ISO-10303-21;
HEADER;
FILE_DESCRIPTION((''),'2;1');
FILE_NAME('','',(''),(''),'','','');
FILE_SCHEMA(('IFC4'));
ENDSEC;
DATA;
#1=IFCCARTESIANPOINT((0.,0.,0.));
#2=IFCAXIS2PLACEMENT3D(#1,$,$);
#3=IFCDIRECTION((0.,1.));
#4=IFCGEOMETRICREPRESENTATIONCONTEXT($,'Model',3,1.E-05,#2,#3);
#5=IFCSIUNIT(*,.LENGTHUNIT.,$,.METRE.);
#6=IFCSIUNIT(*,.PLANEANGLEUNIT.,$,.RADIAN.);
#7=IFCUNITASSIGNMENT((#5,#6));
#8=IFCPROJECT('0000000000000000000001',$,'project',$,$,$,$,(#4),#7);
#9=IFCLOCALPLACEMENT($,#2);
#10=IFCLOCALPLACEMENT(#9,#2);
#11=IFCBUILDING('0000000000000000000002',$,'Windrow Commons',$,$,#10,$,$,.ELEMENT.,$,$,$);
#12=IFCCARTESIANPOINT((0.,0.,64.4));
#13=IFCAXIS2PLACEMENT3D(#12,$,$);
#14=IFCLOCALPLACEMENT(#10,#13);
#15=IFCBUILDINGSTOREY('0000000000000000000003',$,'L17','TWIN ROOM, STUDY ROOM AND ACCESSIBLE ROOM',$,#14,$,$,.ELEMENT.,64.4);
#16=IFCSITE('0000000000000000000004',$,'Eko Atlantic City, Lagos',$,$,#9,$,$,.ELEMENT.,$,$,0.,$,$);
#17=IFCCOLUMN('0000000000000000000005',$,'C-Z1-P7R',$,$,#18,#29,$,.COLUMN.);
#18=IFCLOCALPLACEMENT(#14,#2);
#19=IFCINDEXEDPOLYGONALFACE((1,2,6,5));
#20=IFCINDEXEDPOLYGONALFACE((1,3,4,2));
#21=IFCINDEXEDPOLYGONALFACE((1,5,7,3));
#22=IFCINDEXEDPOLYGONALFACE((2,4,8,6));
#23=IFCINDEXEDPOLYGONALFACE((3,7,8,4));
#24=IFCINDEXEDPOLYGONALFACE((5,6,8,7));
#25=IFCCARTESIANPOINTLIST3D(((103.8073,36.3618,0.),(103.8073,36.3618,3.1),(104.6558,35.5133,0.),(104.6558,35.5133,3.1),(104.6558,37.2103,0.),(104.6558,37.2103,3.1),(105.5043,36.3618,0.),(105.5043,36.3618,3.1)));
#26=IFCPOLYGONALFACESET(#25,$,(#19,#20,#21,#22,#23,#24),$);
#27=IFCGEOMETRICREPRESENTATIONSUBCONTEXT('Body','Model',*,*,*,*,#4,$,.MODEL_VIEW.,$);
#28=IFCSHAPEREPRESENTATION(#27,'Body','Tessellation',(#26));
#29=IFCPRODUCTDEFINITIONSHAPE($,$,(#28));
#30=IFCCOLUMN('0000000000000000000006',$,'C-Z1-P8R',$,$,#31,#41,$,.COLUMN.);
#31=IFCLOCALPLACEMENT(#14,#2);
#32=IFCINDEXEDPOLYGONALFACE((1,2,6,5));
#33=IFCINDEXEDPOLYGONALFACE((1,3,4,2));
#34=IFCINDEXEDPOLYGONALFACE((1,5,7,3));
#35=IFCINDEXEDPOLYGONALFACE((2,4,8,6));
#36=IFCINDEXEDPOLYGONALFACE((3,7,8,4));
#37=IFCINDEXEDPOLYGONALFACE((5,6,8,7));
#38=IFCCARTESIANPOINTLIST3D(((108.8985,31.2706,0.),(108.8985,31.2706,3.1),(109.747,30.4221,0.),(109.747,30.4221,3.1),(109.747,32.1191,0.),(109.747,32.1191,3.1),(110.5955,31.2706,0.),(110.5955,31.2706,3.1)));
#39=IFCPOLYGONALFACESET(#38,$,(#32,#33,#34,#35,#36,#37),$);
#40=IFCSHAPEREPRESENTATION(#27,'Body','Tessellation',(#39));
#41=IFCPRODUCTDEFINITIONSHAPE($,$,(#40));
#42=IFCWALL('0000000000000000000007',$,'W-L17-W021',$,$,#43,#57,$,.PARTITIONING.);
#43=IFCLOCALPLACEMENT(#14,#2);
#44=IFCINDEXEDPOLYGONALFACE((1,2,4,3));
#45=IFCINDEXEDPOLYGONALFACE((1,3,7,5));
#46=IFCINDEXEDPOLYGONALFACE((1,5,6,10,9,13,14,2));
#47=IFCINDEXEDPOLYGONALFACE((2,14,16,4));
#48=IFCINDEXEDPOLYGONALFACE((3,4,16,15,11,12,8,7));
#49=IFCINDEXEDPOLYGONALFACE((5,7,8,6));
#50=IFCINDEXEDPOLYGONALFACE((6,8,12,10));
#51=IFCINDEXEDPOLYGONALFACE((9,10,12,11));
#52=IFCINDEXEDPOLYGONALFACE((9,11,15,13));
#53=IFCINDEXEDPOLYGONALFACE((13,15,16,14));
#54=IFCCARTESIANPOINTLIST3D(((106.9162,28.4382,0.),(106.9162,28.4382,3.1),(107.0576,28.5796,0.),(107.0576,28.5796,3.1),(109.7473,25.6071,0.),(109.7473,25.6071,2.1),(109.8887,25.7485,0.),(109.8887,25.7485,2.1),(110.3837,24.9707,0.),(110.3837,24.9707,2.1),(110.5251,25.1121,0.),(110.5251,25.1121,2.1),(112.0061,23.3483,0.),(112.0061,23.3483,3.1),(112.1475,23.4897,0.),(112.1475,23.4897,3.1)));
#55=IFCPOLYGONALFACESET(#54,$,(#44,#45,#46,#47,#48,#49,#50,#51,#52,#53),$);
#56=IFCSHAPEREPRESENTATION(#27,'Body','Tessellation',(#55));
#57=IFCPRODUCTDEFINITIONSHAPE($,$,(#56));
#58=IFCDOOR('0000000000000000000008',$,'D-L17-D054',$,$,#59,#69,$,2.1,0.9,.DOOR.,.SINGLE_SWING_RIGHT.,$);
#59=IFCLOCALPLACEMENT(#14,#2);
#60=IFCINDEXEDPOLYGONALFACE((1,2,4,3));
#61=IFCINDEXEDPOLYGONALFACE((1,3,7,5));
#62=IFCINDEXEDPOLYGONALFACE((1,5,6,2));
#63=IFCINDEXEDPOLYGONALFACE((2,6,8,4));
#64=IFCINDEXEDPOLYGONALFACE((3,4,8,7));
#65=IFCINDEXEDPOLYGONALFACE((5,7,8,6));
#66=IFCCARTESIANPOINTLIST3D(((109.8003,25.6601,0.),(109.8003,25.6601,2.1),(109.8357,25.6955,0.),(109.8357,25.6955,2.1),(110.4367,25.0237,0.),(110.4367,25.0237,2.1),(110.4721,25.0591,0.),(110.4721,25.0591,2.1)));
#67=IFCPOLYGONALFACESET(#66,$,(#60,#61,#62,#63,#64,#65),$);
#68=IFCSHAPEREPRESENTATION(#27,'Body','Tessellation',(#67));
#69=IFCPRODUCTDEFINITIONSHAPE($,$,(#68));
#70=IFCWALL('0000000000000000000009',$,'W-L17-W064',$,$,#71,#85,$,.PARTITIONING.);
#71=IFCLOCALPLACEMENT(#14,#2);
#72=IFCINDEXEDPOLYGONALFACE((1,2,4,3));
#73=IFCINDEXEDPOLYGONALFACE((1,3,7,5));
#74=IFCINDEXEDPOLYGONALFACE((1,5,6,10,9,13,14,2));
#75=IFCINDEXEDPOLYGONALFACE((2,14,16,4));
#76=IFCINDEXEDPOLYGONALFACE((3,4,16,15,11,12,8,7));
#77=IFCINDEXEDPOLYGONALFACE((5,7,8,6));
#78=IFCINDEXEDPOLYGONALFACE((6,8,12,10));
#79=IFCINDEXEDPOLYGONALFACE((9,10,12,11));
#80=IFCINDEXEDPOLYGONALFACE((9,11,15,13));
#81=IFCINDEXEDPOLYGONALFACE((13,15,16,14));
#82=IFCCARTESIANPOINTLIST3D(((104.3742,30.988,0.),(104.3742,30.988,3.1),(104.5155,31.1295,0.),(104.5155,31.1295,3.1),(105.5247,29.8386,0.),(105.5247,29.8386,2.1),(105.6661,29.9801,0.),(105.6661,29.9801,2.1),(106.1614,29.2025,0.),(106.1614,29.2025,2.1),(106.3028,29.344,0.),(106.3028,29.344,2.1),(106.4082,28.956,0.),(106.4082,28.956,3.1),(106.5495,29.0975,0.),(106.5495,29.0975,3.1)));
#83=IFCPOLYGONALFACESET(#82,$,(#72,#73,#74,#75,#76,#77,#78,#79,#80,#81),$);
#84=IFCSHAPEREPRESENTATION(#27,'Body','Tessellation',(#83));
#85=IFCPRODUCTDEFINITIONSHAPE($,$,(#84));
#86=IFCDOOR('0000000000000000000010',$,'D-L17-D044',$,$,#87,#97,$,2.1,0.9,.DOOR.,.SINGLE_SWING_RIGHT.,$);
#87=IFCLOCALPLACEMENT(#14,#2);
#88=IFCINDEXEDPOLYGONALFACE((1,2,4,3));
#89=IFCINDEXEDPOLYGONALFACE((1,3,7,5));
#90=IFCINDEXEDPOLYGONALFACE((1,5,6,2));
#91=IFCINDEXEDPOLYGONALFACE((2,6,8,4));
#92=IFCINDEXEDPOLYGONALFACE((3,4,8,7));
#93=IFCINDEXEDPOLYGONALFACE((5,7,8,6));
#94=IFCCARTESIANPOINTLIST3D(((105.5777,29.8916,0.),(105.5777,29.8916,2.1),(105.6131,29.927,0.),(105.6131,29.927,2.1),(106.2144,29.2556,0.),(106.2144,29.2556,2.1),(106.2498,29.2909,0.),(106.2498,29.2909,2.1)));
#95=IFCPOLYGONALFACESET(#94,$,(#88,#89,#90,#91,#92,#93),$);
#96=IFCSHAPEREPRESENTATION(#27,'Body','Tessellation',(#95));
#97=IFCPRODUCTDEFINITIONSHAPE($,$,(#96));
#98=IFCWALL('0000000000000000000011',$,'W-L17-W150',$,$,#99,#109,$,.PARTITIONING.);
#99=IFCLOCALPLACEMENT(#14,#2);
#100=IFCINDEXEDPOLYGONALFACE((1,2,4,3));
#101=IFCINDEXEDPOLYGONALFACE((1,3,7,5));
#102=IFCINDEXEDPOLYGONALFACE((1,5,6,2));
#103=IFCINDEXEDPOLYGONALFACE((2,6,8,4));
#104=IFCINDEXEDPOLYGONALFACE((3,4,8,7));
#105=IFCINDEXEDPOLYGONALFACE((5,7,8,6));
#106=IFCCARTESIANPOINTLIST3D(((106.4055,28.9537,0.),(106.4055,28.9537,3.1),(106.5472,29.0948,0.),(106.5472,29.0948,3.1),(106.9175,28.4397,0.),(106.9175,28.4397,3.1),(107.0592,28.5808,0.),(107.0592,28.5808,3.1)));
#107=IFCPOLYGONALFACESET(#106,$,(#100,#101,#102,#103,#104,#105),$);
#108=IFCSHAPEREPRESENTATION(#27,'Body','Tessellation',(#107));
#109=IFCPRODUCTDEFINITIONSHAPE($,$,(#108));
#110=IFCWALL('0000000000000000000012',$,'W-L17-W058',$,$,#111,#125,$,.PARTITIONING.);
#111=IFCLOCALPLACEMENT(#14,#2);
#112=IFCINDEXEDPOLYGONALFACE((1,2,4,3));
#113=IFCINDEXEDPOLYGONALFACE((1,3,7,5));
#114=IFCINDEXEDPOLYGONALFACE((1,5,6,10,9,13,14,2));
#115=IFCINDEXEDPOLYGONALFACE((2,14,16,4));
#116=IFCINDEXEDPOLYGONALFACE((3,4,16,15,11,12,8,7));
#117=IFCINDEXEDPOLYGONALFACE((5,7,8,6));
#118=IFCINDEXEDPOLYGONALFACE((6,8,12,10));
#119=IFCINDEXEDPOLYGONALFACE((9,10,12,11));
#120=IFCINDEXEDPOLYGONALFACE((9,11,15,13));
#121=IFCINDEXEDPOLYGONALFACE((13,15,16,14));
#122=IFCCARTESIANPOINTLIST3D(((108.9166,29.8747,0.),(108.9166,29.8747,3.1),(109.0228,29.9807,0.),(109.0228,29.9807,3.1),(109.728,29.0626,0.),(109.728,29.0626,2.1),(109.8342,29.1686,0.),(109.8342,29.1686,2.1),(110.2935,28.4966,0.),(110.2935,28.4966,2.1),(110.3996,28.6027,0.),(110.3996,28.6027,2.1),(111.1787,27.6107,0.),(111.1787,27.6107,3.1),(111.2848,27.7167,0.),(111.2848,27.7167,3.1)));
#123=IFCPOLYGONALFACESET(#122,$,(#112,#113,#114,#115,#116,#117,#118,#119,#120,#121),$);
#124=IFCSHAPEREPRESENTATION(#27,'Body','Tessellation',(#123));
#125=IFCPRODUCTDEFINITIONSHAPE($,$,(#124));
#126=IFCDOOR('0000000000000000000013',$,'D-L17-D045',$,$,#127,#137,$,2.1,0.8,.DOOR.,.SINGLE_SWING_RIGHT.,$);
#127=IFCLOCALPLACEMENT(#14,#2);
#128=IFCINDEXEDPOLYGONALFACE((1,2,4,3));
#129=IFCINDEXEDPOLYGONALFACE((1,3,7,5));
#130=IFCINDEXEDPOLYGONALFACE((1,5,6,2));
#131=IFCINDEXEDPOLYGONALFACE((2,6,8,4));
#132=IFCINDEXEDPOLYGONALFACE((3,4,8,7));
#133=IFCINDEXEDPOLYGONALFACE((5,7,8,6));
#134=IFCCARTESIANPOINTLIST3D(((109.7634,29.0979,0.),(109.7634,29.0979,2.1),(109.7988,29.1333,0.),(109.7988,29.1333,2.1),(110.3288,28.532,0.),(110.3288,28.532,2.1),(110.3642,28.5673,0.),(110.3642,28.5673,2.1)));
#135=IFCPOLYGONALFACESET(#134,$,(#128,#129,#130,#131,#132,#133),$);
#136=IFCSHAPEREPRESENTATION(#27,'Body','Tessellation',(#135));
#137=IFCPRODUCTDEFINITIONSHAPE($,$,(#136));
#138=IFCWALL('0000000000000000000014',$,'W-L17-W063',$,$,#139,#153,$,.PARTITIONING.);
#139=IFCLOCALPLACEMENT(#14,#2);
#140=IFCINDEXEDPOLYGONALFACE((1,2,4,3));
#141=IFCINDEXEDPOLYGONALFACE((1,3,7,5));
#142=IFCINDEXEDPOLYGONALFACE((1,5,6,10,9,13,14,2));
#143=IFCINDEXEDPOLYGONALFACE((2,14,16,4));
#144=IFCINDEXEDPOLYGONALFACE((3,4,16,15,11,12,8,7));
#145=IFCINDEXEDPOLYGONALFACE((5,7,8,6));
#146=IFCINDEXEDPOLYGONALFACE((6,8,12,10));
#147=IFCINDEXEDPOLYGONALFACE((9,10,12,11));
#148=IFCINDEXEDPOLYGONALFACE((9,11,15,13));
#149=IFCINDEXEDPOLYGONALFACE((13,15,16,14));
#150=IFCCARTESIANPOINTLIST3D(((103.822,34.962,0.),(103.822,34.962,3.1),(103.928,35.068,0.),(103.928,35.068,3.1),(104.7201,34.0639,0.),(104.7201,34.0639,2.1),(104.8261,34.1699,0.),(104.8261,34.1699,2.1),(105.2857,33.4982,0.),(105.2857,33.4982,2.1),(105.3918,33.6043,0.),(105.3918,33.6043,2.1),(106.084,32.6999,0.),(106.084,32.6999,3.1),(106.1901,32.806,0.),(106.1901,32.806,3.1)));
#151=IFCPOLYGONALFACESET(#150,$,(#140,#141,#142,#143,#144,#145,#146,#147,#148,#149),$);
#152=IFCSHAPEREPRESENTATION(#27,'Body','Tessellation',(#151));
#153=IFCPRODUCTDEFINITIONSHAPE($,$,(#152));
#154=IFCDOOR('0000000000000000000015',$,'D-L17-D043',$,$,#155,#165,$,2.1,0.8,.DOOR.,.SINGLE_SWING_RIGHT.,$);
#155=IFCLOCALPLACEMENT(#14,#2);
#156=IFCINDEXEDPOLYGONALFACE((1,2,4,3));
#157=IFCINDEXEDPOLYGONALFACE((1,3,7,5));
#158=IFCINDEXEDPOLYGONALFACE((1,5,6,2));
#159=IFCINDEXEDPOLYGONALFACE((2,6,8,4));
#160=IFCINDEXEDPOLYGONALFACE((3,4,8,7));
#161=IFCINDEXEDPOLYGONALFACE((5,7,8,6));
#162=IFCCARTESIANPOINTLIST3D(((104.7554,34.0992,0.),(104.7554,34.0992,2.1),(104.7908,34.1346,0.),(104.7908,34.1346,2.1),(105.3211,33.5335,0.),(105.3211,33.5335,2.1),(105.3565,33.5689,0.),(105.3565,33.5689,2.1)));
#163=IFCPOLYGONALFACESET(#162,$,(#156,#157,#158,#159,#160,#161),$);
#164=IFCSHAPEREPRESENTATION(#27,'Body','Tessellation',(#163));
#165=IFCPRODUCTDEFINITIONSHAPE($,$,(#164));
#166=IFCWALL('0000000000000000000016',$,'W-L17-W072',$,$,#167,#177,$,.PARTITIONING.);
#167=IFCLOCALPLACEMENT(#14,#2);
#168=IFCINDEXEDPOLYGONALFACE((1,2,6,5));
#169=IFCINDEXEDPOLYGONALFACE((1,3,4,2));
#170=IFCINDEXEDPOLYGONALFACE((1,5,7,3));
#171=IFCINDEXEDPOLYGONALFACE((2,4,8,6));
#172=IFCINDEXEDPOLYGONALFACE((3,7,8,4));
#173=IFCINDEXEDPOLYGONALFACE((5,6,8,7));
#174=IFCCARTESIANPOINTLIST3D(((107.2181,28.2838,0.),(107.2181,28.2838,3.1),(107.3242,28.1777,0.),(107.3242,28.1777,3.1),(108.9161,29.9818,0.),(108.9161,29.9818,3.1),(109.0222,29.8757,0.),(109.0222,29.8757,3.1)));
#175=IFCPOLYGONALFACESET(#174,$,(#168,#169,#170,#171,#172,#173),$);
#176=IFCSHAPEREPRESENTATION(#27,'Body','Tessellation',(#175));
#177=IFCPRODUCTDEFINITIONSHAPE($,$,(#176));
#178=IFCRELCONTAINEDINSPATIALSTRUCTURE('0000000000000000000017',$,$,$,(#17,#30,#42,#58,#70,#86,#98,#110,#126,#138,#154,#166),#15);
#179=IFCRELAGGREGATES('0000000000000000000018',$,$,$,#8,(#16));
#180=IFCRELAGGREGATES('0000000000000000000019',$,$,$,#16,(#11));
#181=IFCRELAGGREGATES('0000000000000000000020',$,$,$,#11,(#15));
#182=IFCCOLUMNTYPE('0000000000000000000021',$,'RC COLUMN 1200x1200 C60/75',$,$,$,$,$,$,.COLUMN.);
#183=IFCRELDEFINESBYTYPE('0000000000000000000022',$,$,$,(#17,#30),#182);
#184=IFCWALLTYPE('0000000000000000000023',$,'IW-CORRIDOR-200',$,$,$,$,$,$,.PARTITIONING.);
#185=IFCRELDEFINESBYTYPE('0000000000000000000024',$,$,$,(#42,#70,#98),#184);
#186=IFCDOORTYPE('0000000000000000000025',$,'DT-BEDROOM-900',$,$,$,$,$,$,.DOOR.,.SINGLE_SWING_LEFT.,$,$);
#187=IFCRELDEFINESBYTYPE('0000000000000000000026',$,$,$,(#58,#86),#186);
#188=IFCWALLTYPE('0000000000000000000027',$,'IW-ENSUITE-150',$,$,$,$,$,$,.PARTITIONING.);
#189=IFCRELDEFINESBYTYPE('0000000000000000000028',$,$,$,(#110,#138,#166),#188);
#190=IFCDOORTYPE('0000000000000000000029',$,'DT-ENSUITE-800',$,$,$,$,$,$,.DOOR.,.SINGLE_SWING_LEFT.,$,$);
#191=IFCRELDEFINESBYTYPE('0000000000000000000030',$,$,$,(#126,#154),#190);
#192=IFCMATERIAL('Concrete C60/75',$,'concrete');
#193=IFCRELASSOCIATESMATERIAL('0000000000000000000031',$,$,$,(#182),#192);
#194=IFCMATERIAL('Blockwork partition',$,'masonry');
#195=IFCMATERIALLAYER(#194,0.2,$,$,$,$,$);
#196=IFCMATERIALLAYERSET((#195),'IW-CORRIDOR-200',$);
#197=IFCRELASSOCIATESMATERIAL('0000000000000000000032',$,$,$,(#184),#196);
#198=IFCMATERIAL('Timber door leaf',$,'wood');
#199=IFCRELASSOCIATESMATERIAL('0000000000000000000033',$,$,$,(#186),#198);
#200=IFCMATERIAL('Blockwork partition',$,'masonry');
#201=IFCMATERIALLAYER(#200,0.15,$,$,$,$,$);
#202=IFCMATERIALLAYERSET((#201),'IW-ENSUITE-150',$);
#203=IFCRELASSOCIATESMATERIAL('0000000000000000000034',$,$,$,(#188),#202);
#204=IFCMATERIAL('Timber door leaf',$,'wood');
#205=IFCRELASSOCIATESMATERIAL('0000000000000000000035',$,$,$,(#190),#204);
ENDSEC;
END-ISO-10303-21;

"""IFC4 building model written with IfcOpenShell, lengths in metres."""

from ifc_helpers import new_model, si_unit, direction, frame, frame_2d, origin, origin_2d, place, context, subcontext, project, spatial, rectangle, extrude, material, layer, layer_set, material_profile, profile_set, type_object, element, fill, save


model = new_model("IFC4")

# Units and contexts
model_context = context("Model", 3, precision=1e-05, world=origin(), true_north=direction((0.0, 1.0)))
body_context = subcontext(model_context, "Body", "Model", "MODEL_VIEW")
ifc_project = project(units=[si_unit("LENGTHUNIT", "METRE"), si_unit("PLANEANGLEUNIT", "RADIAN")], contexts=[model_context])

# Site, building, storey
site_placement = place(None, origin())
site = spatial("IfcSite", under=ifc_project, at=site_placement, Name="Eko Atlantic City, Lagos", CompositionType="ELEMENT", RefElevation=0.0)
building_placement = place(site_placement, origin())
building = spatial("IfcBuilding", under=site, at=building_placement, Name="Windrow Commons", CompositionType="ELEMENT")
storey_placement = place(building_placement, frame((0.0, 0.0, 64.4)))
storey = spatial("IfcBuildingStorey", under=building, at=storey_placement, Name="L17", Description="TWIN ROOM, STUDY ROOM AND ACCESSIBLE ROOM", CompositionType="ELEMENT", Elevation=64.4)

# Columns
ifc_material_1 = material(Name="Concrete C60/75", Category="concrete")
ifc_material_profile = material_profile(ifc_material_1, rectangle(XDim=1.2, YDim=1.2, at=origin_2d()))
ifc_profile_set = profile_set([ifc_material_profile], Name="Concrete C60/75")
column_type = type_object("IfcColumnType", Name="RC COLUMN 1200x1200 C60/75", PredefinedType="COLUMN", material=ifc_profile_set)
for number, where, z_axis, x_axis, name in (
    (1, (104.6558, 36.3618, 0.0), (0.0, 0.0, 1.0), (0.707107, -0.707107, 0.0), "C-Z1-P7R"),
    (2, (109.747, 31.2706, 0.0), (0.0, 0.0, 1.0), (0.707107, -0.707107, 0.0), "C-Z1-P8R"),
):
    element("IfcColumn", number, at=place(storey_placement, frame(where, z_axis=z_axis, x_axis=x_axis)), inside=storey, type_object=column_type, Name=name, PredefinedType="COLUMN", context=body_context, shape_type="SweptSolid", body=[
        extrude(rectangle(XDim=1.2, YDim=1.2, at=origin_2d()), origin(), (0.0, 0.0, 1.0), 3.1),
    ])

# Walls, openings, doors
ifc_material_2 = material(Name="Blockwork partition", Category="masonry")
ifc_layer_1 = layer(ifc_material_2, 0.2)
ifc_layer_set_1 = layer_set([ifc_layer_1], Name="IW-CORRIDOR-200")
wall_type_1 = type_object("IfcWallType", Name="IW-CORRIDOR-200", PredefinedType="PARTITIONING", material=ifc_layer_set_1)
wall_1_placement = place(storey_placement, frame((106.9869, 28.5089, 0.0), z_axis=(0.0, 0.0, 1.0), x_axis=(0.707107, -0.707107, 0.0)))
wall_1 = element("IfcWall", 3, at=wall_1_placement, inside=storey, type_object=wall_type_1, Name="W-L17-W021", PredefinedType="PARTITIONING", context=body_context, shape_type="SweptSolid", body=[
    extrude(rectangle(XDim=7.1983, YDim=0.2, at=frame_2d((3.5991, 0.0))), origin(), (0.0, 0.0, 1.0), 3.1),
])
opening_1_placement = place(wall_1_placement, frame((4.0038, 0.0, 0.0)))
opening_1 = element("IfcOpeningElement", 4, at=opening_1_placement, cuts=wall_1, PredefinedType="OPENING", context=body_context, shape_type="SweptSolid", body=[
    extrude(rectangle(XDim=0.9, YDim=2.1, at=frame_2d((0.45, 1.05))), frame((0.0, 0.11, 0.0), z_axis=(0.0, -1.0, 0.0), x_axis=(1.0, 0.0, 0.0)), (0.0, 0.0, 1.0), 0.22),
])
ifc_material_3 = material(Name="Timber door leaf", Category="wood")
door_type_1 = type_object("IfcDoorType", Name="DT-BEDROOM-900", OperationType="SINGLE_SWING_LEFT", PredefinedType="DOOR", material=ifc_material_3)
door_1_placement = place(opening_1_placement, origin())
door_1 = element("IfcDoor", 5, at=door_1_placement, inside=storey, type_object=door_type_1, Name="D-L17-D054", OperationType="SINGLE_SWING_RIGHT", OverallHeight=2.1, OverallWidth=0.9, PredefinedType="DOOR", context=body_context, shape_type="SweptSolid", body=[
    extrude(rectangle(XDim=0.9, YDim=2.1, at=frame_2d((0.45, 1.05))), frame((0.0, 0.025, 0.0), z_axis=(0.0, -1.0, 0.0), x_axis=(1.0, 0.0, 0.0)), (0.0, 0.0, 1.0), 0.05),
])
fill(opening_1, door_1)
wall_2_placement = place(storey_placement, frame((104.4448, 31.0588, 0.0), z_axis=(0.0, 0.0, 1.0), x_axis=(0.707455, -0.706759, 0.0)))
wall_2 = element("IfcWall", 6, at=wall_2_placement, inside=storey, type_object=wall_type_1, Name="W-L17-W064", PredefinedType="PARTITIONING", context=body_context, shape_type="SweptSolid", body=[
    extrude(rectangle(XDim=2.8751, YDim=0.2, at=frame_2d((1.4376, 0.0))), origin(), (0.0, 0.0, 1.0), 3.1),
])
opening_2_placement = place(wall_2_placement, frame((1.6264, 0.0, 0.0)))
opening_2 = element("IfcOpeningElement", 7, at=opening_2_placement, cuts=wall_2, PredefinedType="OPENING", context=body_context, shape_type="SweptSolid", body=[
    extrude(rectangle(XDim=0.9, YDim=2.1, at=frame_2d((0.45, 1.05))), frame((0.0, 0.11, 0.0), z_axis=(0.0, -1.0, 0.0), x_axis=(1.0, 0.0, 0.0)), (0.0, 0.0, 1.0), 0.22),
])
door_2_placement = place(opening_2_placement, origin())
door_2 = element("IfcDoor", 8, at=door_2_placement, inside=storey, type_object=door_type_1, Name="D-L17-D044", OperationType="SINGLE_SWING_RIGHT", OverallHeight=2.1, OverallWidth=0.9, PredefinedType="DOOR", context=body_context, shape_type="SweptSolid", body=[
    extrude(rectangle(XDim=0.9, YDim=2.1, at=frame_2d((0.45, 1.05))), frame((0.0, 0.025, 0.0), z_axis=(0.0, -1.0, 0.0), x_axis=(1.0, 0.0, 0.0)), (0.0, 0.0, 1.0), 0.05),
])
fill(opening_2, door_2)

# Wall
wall_3_placement = place(storey_placement, frame((106.4763, 29.0243, 0.0), z_axis=(0.0, 0.0, 1.0), x_axis=(0.705727, -0.708484, 0.0)))
element("IfcWall", 9, at=wall_3_placement, inside=storey, type_object=wall_type_1, Name="W-L17-W150", PredefinedType="PARTITIONING", context=body_context, shape_type="SweptSolid", body=[
    extrude(rectangle(XDim=0.7255, YDim=0.2, at=frame_2d((0.3628, 0.0))), origin(), (0.0, 0.0, 1.0), 3.1),
])

# Walls, openings, doors
ifc_material_4 = material(Name="Blockwork partition", Category="masonry")
ifc_layer_2 = layer(ifc_material_4, 0.15)
ifc_layer_set_2 = layer_set([ifc_layer_2], Name="IW-ENSUITE-150")
wall_type_2 = type_object("IfcWallType", Name="IW-ENSUITE-150", PredefinedType="PARTITIONING", material=ifc_layer_set_2)
wall_4_placement = place(storey_placement, frame((108.9697, 29.9277, 0.0), z_axis=(0.0, 0.0, 1.0), x_axis=(0.706794, -0.707419, 0.0)))
wall_4 = element("IfcWall", 10, at=wall_4_placement, inside=storey, type_object=wall_type_2, Name="W-L17-W058", PredefinedType="PARTITIONING", context=body_context, shape_type="SweptSolid", body=[
    extrude(rectangle(XDim=3.2004, YDim=0.15, at=frame_2d((1.6002, 0.0))), origin(), (0.0, 0.0, 1.0), 3.1),
])
opening_3_placement = place(wall_4_placement, frame((1.148, 0.0, 0.0)))
opening_3 = element("IfcOpeningElement", 11, at=opening_3_placement, cuts=wall_4, PredefinedType="OPENING", context=body_context, shape_type="SweptSolid", body=[
    extrude(rectangle(XDim=0.8, YDim=2.1, at=frame_2d((0.4, 1.05))), frame((0.0, 0.085, 0.0), z_axis=(0.0, -1.0, 0.0), x_axis=(1.0, 0.0, 0.0)), (0.0, 0.0, 1.0), 0.17),
])
ifc_material_5 = material(Name="Timber door leaf", Category="wood")
door_type_2 = type_object("IfcDoorType", Name="DT-ENSUITE-800", OperationType="SINGLE_SWING_LEFT", PredefinedType="DOOR", material=ifc_material_5)
door_3_placement = place(opening_3_placement, origin())
door_3 = element("IfcDoor", 12, at=door_3_placement, inside=storey, type_object=door_type_2, Name="D-L17-D045", OperationType="SINGLE_SWING_RIGHT", OverallHeight=2.1, OverallWidth=0.8, PredefinedType="DOOR", context=body_context, shape_type="SweptSolid", body=[
    extrude(rectangle(XDim=0.8, YDim=2.1, at=frame_2d((0.4, 1.05))), frame((0.0, 0.025, 0.0), z_axis=(0.0, -1.0, 0.0), x_axis=(1.0, 0.0, 0.0)), (0.0, 0.0, 1.0), 0.05),
])
fill(opening_3, door_3)
wall_5_placement = place(storey_placement, frame((103.875, 35.015, 0.0), z_axis=(0.0, 0.0, 1.0), x_axis=(0.707107, -0.707107, 0.0)))
wall_5 = element("IfcWall", 13, at=wall_5_placement, inside=storey, type_object=wall_type_2, Name="W-L17-W063", PredefinedType="PARTITIONING", context=body_context, shape_type="SweptSolid", body=[
    extrude(rectangle(XDim=3.199, YDim=0.15, at=frame_2d((1.5995, 0.0))), origin(), (0.0, 0.0, 1.0), 3.1),
])
opening_4_placement = place(wall_5_placement, frame((1.2701, 0.0, 0.0)))
opening_4 = element("IfcOpeningElement", 14, at=opening_4_placement, cuts=wall_5, PredefinedType="OPENING", context=body_context, shape_type="SweptSolid", body=[
    extrude(rectangle(XDim=0.8, YDim=2.1, at=frame_2d((0.4, 1.05))), frame((0.0, 0.085, 0.0), z_axis=(0.0, -1.0, 0.0), x_axis=(1.0, 0.0, 0.0)), (0.0, 0.0, 1.0), 0.17),
])
door_4_placement = place(opening_4_placement, origin())
door_4 = element("IfcDoor", 15, at=door_4_placement, inside=storey, type_object=door_type_2, Name="D-L17-D043", OperationType="SINGLE_SWING_RIGHT", OverallHeight=2.1, OverallWidth=0.8, PredefinedType="DOOR", context=body_context, shape_type="SweptSolid", body=[
    extrude(rectangle(XDim=0.8, YDim=2.1, at=frame_2d((0.4, 1.05))), frame((0.0, 0.025, 0.0), z_axis=(0.0, -1.0, 0.0), x_axis=(1.0, 0.0, 0.0)), (0.0, 0.0, 1.0), 0.05),
])
fill(opening_4, door_4)

# Wall
wall_6_placement = place(storey_placement, frame((107.2712, 28.2308, 0.0), z_axis=(0.0, 0.0, 1.0), x_axis=(0.707107, 0.707107, 0.0)))
element("IfcWall", 16, at=wall_6_placement, inside=storey, type_object=wall_type_2, Name="W-L17-W072", PredefinedType="PARTITIONING", context=body_context, shape_type="SweptSolid", body=[
    extrude(rectangle(XDim=2.4013, YDim=0.15, at=frame_2d((1.2006, 0.0))), origin(), (0.0, 0.0, 1.0), 3.1),
])

save(model, "model.ifc")
